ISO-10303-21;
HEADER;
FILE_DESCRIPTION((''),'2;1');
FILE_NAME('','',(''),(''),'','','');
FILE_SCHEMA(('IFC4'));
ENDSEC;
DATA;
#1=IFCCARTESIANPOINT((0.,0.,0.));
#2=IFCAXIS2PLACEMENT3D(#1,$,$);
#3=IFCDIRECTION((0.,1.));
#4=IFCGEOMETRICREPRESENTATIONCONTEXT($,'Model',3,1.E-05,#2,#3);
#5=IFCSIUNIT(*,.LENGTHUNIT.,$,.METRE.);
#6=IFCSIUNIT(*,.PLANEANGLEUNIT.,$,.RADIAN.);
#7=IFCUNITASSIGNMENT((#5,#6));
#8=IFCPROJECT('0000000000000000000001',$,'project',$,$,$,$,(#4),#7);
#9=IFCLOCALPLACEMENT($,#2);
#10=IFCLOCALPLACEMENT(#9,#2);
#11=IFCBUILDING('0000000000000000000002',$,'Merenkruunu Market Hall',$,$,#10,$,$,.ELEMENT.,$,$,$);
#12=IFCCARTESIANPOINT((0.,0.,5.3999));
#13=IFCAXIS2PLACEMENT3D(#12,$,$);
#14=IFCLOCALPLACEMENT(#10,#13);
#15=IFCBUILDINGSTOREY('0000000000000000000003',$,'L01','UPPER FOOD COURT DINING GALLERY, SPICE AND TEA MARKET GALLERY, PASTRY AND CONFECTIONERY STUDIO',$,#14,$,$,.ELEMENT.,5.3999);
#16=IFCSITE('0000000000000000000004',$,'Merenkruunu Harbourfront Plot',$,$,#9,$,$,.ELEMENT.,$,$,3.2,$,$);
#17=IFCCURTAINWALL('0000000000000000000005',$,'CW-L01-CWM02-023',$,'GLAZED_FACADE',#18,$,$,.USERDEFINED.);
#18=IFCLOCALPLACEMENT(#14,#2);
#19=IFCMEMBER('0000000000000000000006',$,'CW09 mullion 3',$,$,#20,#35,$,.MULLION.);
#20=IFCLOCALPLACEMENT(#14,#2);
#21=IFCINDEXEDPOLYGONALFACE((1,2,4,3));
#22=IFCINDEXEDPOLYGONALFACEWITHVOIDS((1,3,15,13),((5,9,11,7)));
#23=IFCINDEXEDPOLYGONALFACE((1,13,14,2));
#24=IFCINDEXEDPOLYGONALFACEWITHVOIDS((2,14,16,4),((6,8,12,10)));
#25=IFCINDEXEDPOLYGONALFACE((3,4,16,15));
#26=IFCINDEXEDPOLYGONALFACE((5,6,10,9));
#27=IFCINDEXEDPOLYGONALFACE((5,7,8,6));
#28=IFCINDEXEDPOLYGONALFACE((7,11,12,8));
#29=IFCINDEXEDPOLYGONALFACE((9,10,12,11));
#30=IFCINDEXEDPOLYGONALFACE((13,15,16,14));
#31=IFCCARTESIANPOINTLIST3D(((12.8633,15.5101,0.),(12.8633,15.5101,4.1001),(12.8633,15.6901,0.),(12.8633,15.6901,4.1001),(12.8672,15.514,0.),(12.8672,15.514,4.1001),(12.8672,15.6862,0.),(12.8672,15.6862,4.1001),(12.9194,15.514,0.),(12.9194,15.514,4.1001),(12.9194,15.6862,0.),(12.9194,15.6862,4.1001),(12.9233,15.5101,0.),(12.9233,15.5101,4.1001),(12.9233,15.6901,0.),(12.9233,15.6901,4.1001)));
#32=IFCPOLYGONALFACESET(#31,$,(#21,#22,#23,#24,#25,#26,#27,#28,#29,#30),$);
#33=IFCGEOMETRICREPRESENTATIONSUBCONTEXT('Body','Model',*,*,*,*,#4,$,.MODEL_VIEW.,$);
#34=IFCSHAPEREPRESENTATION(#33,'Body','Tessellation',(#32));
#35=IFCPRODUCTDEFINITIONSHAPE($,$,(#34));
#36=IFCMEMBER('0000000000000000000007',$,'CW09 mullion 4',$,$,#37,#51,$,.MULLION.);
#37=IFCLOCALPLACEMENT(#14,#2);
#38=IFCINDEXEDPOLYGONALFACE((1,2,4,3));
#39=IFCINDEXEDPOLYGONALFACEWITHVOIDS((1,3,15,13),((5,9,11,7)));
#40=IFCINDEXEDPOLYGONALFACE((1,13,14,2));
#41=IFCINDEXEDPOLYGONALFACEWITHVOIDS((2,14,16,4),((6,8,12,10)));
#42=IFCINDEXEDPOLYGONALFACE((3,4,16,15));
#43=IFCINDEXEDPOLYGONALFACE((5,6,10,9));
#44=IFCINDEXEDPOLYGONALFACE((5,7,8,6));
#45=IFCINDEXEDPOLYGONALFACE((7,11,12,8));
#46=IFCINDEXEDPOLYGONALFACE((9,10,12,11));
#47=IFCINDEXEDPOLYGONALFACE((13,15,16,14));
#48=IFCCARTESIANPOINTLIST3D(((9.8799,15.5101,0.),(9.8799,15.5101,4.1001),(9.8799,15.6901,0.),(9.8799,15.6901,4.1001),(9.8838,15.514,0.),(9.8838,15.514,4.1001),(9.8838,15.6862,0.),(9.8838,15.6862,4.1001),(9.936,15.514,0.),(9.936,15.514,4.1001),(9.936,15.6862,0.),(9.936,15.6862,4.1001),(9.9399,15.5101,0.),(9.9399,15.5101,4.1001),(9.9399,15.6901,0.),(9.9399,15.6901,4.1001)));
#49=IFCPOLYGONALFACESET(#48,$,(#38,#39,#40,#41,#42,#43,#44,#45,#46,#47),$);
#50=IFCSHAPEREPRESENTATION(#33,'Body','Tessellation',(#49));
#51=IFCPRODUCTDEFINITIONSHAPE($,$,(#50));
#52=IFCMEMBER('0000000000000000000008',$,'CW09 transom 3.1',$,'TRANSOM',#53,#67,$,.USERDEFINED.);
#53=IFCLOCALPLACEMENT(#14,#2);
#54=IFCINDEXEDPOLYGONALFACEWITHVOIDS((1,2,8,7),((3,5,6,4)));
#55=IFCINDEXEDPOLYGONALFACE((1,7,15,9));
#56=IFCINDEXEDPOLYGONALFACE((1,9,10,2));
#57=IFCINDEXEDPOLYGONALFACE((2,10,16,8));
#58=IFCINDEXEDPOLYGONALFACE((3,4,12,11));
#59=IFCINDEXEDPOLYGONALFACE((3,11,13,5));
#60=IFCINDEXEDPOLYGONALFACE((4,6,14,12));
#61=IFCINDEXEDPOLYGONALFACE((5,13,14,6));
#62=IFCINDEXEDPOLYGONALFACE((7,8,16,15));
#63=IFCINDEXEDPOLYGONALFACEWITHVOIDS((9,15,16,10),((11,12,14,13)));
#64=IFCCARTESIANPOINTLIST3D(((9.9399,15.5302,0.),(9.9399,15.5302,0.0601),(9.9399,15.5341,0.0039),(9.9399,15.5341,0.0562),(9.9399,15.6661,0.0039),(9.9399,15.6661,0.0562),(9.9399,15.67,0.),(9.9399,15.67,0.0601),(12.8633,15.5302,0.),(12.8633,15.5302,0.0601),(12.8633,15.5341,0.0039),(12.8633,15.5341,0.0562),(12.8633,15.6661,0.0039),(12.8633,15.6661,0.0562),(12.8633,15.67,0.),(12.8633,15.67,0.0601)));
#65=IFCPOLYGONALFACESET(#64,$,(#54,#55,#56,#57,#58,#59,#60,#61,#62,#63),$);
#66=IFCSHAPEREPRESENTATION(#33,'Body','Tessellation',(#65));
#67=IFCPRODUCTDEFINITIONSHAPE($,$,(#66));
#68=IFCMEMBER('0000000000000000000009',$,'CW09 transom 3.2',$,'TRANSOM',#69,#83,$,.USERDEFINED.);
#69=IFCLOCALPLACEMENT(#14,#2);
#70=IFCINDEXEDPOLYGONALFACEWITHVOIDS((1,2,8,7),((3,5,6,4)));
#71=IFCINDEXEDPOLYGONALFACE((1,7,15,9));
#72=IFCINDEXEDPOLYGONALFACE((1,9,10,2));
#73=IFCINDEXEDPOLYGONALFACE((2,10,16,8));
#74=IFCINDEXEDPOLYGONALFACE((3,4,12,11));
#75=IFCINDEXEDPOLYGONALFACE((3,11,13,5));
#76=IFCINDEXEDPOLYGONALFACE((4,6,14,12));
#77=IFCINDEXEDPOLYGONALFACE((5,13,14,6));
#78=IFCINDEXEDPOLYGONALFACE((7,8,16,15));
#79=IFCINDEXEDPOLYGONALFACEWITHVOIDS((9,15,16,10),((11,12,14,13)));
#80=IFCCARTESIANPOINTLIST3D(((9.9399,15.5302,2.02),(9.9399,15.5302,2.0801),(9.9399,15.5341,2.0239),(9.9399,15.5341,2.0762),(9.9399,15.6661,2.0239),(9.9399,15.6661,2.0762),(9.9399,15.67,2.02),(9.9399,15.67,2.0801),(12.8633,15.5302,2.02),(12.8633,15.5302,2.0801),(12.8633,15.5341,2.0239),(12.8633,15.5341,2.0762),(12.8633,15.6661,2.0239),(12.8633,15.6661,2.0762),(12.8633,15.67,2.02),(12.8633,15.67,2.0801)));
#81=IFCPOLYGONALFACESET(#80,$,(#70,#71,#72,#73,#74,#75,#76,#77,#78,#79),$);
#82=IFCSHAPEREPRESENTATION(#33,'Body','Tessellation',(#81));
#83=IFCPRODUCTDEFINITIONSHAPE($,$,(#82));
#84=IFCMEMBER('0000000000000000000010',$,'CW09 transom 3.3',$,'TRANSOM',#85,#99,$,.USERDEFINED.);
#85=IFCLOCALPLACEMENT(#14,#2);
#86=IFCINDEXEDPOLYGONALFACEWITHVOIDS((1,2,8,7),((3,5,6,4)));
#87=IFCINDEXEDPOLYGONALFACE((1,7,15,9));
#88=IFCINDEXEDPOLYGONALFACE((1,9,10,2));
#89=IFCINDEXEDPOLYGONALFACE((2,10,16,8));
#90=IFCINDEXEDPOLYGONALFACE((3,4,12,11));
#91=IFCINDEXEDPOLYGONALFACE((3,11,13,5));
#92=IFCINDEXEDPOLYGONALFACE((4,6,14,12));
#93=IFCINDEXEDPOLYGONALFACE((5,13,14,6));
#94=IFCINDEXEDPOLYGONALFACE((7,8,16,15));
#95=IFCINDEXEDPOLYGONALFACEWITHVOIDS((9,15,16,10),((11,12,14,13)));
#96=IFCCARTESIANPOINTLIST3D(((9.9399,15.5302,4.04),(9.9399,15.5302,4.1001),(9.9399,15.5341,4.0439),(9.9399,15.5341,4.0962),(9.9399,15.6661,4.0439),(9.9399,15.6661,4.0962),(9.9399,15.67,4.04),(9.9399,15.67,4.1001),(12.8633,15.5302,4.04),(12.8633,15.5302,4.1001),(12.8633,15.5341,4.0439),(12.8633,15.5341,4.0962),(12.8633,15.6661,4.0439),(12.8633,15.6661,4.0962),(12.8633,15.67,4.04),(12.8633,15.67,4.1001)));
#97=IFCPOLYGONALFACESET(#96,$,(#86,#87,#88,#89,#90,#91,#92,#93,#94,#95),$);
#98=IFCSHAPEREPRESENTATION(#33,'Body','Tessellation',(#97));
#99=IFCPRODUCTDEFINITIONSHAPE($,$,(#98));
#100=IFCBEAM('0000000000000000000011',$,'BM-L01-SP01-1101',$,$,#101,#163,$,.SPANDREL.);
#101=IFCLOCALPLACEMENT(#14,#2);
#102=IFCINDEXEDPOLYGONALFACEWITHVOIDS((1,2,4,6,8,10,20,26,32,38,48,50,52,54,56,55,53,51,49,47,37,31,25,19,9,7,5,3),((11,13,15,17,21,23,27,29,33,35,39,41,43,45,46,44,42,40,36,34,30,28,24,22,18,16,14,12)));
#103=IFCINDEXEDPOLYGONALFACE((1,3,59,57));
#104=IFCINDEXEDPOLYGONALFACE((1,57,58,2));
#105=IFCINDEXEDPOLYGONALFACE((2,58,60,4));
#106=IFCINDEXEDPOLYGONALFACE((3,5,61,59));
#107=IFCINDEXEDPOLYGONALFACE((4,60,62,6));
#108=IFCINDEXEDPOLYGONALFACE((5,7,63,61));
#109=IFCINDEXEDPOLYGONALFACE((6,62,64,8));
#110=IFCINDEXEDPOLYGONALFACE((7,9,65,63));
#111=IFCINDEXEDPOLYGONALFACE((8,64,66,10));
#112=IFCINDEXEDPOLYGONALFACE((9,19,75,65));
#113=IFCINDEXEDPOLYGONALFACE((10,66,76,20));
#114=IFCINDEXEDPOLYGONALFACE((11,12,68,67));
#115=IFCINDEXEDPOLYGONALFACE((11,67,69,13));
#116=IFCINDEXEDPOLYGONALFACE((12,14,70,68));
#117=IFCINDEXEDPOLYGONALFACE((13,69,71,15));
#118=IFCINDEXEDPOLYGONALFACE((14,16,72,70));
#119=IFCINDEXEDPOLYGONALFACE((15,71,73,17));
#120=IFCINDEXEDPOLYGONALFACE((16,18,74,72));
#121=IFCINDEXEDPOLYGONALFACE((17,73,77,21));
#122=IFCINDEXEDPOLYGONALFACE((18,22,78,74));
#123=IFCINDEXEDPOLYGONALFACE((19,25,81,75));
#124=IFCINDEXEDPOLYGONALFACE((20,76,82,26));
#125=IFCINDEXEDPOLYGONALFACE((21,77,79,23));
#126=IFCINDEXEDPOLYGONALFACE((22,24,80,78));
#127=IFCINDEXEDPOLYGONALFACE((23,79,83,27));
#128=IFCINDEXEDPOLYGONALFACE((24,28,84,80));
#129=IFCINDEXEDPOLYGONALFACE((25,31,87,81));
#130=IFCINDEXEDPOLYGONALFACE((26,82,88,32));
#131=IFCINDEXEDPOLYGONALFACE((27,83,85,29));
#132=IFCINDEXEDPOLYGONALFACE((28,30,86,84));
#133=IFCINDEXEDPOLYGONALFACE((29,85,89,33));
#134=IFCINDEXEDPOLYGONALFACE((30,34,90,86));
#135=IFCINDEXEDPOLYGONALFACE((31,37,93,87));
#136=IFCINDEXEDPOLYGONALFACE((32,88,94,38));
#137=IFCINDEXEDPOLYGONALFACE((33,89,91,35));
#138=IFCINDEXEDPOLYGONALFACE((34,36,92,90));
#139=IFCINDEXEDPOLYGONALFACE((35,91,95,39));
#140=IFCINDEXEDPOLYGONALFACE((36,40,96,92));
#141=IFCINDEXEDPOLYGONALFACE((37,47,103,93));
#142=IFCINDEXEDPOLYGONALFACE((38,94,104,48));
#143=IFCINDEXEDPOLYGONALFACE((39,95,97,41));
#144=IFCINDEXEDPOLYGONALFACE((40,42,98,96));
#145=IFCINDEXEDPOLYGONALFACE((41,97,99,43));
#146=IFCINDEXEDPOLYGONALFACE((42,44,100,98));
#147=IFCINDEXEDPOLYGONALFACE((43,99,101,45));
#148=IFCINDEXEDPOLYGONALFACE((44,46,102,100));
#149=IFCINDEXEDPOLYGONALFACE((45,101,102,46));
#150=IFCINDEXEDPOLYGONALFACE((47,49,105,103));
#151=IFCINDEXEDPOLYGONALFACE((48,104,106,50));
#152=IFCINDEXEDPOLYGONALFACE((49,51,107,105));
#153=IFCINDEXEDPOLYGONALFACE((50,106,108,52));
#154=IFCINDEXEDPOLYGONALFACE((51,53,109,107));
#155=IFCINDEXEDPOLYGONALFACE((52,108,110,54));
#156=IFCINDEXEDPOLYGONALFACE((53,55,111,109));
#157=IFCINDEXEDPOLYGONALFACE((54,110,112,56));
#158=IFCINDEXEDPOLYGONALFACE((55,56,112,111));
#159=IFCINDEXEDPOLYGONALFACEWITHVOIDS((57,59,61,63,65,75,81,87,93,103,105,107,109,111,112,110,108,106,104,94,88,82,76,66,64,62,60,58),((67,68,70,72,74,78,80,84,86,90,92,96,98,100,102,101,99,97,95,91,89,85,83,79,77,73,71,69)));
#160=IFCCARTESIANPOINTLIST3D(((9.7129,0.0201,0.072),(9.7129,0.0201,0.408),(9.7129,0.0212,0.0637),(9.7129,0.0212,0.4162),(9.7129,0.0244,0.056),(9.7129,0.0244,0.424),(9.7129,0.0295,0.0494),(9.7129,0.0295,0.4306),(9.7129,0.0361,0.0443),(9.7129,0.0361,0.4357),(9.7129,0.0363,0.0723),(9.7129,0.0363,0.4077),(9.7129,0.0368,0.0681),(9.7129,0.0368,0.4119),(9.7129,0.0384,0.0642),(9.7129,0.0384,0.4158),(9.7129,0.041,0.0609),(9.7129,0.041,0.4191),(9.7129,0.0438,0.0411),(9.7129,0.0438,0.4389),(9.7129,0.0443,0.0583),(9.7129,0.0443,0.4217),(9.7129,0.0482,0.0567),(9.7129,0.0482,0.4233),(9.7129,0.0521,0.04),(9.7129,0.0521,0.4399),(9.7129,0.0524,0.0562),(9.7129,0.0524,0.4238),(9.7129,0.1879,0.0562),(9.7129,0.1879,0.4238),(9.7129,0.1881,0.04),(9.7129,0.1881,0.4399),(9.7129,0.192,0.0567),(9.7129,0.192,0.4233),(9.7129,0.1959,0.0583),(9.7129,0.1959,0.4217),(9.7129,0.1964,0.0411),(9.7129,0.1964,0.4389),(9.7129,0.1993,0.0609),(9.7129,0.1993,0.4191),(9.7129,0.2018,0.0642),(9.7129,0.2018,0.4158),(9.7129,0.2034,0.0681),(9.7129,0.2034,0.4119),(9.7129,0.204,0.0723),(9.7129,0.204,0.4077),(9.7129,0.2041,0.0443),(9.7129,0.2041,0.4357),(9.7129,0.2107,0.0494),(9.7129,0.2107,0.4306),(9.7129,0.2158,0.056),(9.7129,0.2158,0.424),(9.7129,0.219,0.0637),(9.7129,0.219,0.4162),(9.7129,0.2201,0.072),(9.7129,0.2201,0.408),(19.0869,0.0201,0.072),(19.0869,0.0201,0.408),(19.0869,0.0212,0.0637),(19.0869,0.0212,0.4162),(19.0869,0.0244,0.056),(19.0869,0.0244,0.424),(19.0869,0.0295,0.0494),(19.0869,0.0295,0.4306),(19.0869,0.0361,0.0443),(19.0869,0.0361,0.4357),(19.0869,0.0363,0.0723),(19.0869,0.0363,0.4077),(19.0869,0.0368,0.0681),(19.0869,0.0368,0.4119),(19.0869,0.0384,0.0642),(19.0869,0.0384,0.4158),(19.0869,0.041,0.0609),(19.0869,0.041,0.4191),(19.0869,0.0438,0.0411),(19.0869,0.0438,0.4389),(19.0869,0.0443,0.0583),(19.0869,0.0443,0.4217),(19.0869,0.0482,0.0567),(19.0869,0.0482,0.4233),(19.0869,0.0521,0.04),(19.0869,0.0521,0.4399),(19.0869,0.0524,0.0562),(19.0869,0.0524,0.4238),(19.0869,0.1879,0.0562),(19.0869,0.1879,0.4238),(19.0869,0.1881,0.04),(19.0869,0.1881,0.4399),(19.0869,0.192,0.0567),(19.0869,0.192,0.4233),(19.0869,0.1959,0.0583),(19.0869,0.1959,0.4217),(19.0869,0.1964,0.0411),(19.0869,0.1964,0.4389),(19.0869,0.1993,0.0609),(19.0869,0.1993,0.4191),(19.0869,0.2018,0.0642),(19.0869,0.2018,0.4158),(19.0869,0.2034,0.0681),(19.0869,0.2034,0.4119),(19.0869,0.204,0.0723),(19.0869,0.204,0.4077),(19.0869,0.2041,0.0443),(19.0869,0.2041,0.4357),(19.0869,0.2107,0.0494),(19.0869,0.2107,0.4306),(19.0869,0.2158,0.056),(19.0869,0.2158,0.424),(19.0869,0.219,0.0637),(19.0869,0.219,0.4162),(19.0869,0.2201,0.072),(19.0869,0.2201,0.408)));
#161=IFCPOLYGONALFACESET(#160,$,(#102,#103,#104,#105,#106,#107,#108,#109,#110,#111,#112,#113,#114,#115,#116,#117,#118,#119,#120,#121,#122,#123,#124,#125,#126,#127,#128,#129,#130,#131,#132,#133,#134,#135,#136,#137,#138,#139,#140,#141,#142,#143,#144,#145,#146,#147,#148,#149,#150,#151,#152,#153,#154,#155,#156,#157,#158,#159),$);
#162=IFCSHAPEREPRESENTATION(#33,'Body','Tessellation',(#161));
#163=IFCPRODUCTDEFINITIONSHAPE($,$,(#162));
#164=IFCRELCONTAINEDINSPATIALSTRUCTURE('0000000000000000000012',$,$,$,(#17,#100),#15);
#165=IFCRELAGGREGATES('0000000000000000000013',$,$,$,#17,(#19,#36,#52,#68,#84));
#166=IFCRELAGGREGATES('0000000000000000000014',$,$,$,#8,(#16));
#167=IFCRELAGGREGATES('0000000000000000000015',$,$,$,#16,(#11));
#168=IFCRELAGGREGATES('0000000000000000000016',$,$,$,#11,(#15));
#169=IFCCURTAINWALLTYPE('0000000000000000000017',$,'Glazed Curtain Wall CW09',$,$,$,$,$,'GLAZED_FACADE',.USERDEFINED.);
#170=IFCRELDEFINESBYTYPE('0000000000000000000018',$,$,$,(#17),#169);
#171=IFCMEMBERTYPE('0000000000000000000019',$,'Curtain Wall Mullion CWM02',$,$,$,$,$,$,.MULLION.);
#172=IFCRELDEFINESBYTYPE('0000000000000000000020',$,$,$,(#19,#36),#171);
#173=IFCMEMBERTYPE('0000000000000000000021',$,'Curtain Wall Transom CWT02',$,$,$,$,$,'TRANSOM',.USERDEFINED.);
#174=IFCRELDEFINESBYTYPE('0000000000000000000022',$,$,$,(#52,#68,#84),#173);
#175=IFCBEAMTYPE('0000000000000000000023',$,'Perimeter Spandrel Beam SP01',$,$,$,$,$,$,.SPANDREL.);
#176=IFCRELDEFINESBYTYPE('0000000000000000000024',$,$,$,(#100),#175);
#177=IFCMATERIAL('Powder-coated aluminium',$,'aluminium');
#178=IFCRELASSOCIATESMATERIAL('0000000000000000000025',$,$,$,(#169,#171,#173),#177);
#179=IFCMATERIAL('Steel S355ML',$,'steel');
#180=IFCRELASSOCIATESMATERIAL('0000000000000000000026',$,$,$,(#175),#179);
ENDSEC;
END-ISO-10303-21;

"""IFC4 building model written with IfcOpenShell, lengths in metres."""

from ifc_helpers import new_model, si_unit, direction, frame, origin, origin_2d, place, context, subcontext, project, spatial, hollow_rectangle, extrude, material, material_profile, profile_set, type_object, element, aggregate, save


model = new_model("IFC4")

# Units and contexts
model_context = context("Model", 3, precision=1e-05, world=origin(), true_north=direction((0.0, 1.0)))
body_context = subcontext(model_context, "Body", "Model", "MODEL_VIEW")
ifc_project = project(units=[si_unit("LENGTHUNIT", "METRE"), si_unit("PLANEANGLEUNIT", "RADIAN")], contexts=[model_context])

# Site, building, storey
site_placement = place(None, origin())
site = spatial("IfcSite", under=ifc_project, at=site_placement, Name="Merenkruunu Harbourfront Plot", CompositionType="ELEMENT", RefElevation=3.2)
building_placement = place(site_placement, origin())
building = spatial("IfcBuilding", under=site, at=building_placement, Name="Merenkruunu Market Hall", CompositionType="ELEMENT")
storey_placement = place(building_placement, frame((0.0, 0.0, 5.3999)))
storey = spatial("IfcBuildingStorey", under=building, at=storey_placement, Name="L01", Description="UPPER FOOD COURT DINING GALLERY, SPICE AND TEA MARKET GALLERY, PASTRY AND CONFECTIONERY STUDIO", CompositionType="ELEMENT", Elevation=5.3999)

# Curtain wall, members
ifc_material_1 = material(Name="Powder-coated aluminium", Category="aluminium")
curtain_wall_type = type_object("IfcCurtainWallType", Name="Glazed Curtain Wall CW09", ElementType="GLAZED_FACADE", PredefinedType="USERDEFINED", material=ifc_material_1)
curtain_wall_placement = place(storey_placement, origin())
curtain_wall = element("IfcCurtainWall", 1, at=curtain_wall_placement, inside=storey, type_object=curtain_wall_type, Name="CW-L01-CWM02-023", ObjectType="GLAZED_FACADE", PredefinedType="USERDEFINED")
ifc_material_profile_1 = material_profile(ifc_material_1, hollow_rectangle(XDim=0.0601, YDim=0.1799, WallThickness=0.0039, at=origin_2d()), Name="ALU 60x180x4")
ifc_profile_set_1 = profile_set([ifc_material_profile_1], Name="Powder-coated aluminium")
member_type_1 = type_object("IfcMemberType", Name="Curtain Wall Mullion CWM02", PredefinedType="MULLION", material=ifc_profile_set_1)
member_1_placement = place(storey_placement, frame((12.8933, 15.6001, 0.0), z_axis=(0.0, 0.0, 1.0), x_axis=(-1.0, 0.0, 0.0)))
member_1 = element("IfcMember", 2, at=member_1_placement, type_object=member_type_1, Name="CW09 mullion 3", PredefinedType="MULLION", context=body_context, shape_type="SweptSolid", body=[
    extrude(hollow_rectangle(XDim=0.0601, YDim=0.1799, WallThickness=0.0039, at=origin_2d()), origin(), (0.0, 0.0, 1.0), 4.1001),
])
member_2_placement = place(storey_placement, frame((9.9099, 15.6001, 0.0), z_axis=(0.0, 0.0, 1.0), x_axis=(-1.0, 0.0, 0.0)))
member_2 = element("IfcMember", 3, at=member_2_placement, type_object=member_type_1, Name="CW09 mullion 4", PredefinedType="MULLION", context=body_context, shape_type="SweptSolid", body=[
    extrude(hollow_rectangle(XDim=0.0601, YDim=0.1799, WallThickness=0.0039, at=origin_2d()), origin(), (0.0, 0.0, 1.0), 4.1001),
])
ifc_material_profile_2 = material_profile(ifc_material_1, hollow_rectangle(XDim=0.0601, YDim=0.1399, WallThickness=0.0039, at=origin_2d()), Name="ALU 60x140x4")
ifc_profile_set_2 = profile_set([ifc_material_profile_2], Name="Powder-coated aluminium")
member_type_2 = type_object("IfcMemberType", Name="Curtain Wall Transom CWT02", ElementType="TRANSOM", PredefinedType="USERDEFINED", material=ifc_profile_set_2)
member_3_placement = place(storey_placement, frame((12.8633, 15.6001, 0.03), z_axis=(-1.0, 0.0, 0.0), x_axis=(0.0, 0.0, 1.0)))
member_3 = element("IfcMember", 4, at=member_3_placement, type_object=member_type_2, Name="CW09 transom 3.1", ObjectType="TRANSOM", PredefinedType="USERDEFINED", context=body_context, shape_type="SweptSolid", body=[
    extrude(hollow_rectangle(XDim=0.0601, YDim=0.1399, WallThickness=0.0039, at=origin_2d()), origin(), (0.0, 0.0, 1.0), 2.9233),
])
member_4_placement = place(storey_placement, frame((12.8633, 15.6001, 2.05), z_axis=(-1.0, 0.0, 0.0), x_axis=(0.0, 0.0, 1.0)))
member_4 = element("IfcMember", 5, at=member_4_placement, type_object=member_type_2, Name="CW09 transom 3.2", ObjectType="TRANSOM", PredefinedType="USERDEFINED", context=body_context, shape_type="SweptSolid", body=[
    extrude(hollow_rectangle(XDim=0.0601, YDim=0.1399, WallThickness=0.0039, at=origin_2d()), origin(), (0.0, 0.0, 1.0), 2.9233),
])
member_5_placement = place(storey_placement, frame((12.8633, 15.6001, 4.0701), z_axis=(-1.0, 0.0, 0.0), x_axis=(0.0, 0.0, 1.0)))
member_5 = element("IfcMember", 6, at=member_5_placement, type_object=member_type_2, Name="CW09 transom 3.3", ObjectType="TRANSOM", PredefinedType="USERDEFINED", context=body_context, shape_type="SweptSolid", body=[
    extrude(hollow_rectangle(XDim=0.0601, YDim=0.1399, WallThickness=0.0039, at=origin_2d()), origin(), (0.0, 0.0, 1.0), 2.9233),
])

# Beam
ifc_material_2 = material(Name="Steel S355ML", Category="steel")
ifc_material_profile_3 = material_profile(ifc_material_2, hollow_rectangle(XDim=0.2, YDim=0.3999, WallThickness=0.0161, InnerFilletRadius=0.0161, OuterFilletRadius=0.032, at=origin_2d()), Name="RHS 400x200x16")
ifc_profile_set_3 = profile_set([ifc_material_profile_3], Name="Steel S355ML")
beam_type_1 = type_object("IfcBeamType", Name="Perimeter Spandrel Beam SP01", PredefinedType="SPANDREL", material=ifc_profile_set_3)
for number, where, z_axis, x_axis, name in (
    (7, (9.7129, 0.1201, 0.24), (1.0, 0.0, 0.0), (0.0, 1.0, 0.0), "BM-L01-SP01-1101"),
):
    element("IfcBeam", number, at=place(storey_placement, frame(where, z_axis=z_axis, x_axis=x_axis)), inside=storey, type_object=beam_type_1, Name=name, PredefinedType="SPANDREL", context=body_context, shape_type="SweptSolid", body=[
        extrude(hollow_rectangle(XDim=0.2, YDim=0.3999, WallThickness=0.0161, InnerFilletRadius=0.0161, OuterFilletRadius=0.032, at=origin_2d()), origin(), (0.0, 0.0, 1.0), 9.374),
    ])

aggregate(curtain_wall, [member_1, member_2, member_3, member_4, member_5])

save(model, "model.ifc")
